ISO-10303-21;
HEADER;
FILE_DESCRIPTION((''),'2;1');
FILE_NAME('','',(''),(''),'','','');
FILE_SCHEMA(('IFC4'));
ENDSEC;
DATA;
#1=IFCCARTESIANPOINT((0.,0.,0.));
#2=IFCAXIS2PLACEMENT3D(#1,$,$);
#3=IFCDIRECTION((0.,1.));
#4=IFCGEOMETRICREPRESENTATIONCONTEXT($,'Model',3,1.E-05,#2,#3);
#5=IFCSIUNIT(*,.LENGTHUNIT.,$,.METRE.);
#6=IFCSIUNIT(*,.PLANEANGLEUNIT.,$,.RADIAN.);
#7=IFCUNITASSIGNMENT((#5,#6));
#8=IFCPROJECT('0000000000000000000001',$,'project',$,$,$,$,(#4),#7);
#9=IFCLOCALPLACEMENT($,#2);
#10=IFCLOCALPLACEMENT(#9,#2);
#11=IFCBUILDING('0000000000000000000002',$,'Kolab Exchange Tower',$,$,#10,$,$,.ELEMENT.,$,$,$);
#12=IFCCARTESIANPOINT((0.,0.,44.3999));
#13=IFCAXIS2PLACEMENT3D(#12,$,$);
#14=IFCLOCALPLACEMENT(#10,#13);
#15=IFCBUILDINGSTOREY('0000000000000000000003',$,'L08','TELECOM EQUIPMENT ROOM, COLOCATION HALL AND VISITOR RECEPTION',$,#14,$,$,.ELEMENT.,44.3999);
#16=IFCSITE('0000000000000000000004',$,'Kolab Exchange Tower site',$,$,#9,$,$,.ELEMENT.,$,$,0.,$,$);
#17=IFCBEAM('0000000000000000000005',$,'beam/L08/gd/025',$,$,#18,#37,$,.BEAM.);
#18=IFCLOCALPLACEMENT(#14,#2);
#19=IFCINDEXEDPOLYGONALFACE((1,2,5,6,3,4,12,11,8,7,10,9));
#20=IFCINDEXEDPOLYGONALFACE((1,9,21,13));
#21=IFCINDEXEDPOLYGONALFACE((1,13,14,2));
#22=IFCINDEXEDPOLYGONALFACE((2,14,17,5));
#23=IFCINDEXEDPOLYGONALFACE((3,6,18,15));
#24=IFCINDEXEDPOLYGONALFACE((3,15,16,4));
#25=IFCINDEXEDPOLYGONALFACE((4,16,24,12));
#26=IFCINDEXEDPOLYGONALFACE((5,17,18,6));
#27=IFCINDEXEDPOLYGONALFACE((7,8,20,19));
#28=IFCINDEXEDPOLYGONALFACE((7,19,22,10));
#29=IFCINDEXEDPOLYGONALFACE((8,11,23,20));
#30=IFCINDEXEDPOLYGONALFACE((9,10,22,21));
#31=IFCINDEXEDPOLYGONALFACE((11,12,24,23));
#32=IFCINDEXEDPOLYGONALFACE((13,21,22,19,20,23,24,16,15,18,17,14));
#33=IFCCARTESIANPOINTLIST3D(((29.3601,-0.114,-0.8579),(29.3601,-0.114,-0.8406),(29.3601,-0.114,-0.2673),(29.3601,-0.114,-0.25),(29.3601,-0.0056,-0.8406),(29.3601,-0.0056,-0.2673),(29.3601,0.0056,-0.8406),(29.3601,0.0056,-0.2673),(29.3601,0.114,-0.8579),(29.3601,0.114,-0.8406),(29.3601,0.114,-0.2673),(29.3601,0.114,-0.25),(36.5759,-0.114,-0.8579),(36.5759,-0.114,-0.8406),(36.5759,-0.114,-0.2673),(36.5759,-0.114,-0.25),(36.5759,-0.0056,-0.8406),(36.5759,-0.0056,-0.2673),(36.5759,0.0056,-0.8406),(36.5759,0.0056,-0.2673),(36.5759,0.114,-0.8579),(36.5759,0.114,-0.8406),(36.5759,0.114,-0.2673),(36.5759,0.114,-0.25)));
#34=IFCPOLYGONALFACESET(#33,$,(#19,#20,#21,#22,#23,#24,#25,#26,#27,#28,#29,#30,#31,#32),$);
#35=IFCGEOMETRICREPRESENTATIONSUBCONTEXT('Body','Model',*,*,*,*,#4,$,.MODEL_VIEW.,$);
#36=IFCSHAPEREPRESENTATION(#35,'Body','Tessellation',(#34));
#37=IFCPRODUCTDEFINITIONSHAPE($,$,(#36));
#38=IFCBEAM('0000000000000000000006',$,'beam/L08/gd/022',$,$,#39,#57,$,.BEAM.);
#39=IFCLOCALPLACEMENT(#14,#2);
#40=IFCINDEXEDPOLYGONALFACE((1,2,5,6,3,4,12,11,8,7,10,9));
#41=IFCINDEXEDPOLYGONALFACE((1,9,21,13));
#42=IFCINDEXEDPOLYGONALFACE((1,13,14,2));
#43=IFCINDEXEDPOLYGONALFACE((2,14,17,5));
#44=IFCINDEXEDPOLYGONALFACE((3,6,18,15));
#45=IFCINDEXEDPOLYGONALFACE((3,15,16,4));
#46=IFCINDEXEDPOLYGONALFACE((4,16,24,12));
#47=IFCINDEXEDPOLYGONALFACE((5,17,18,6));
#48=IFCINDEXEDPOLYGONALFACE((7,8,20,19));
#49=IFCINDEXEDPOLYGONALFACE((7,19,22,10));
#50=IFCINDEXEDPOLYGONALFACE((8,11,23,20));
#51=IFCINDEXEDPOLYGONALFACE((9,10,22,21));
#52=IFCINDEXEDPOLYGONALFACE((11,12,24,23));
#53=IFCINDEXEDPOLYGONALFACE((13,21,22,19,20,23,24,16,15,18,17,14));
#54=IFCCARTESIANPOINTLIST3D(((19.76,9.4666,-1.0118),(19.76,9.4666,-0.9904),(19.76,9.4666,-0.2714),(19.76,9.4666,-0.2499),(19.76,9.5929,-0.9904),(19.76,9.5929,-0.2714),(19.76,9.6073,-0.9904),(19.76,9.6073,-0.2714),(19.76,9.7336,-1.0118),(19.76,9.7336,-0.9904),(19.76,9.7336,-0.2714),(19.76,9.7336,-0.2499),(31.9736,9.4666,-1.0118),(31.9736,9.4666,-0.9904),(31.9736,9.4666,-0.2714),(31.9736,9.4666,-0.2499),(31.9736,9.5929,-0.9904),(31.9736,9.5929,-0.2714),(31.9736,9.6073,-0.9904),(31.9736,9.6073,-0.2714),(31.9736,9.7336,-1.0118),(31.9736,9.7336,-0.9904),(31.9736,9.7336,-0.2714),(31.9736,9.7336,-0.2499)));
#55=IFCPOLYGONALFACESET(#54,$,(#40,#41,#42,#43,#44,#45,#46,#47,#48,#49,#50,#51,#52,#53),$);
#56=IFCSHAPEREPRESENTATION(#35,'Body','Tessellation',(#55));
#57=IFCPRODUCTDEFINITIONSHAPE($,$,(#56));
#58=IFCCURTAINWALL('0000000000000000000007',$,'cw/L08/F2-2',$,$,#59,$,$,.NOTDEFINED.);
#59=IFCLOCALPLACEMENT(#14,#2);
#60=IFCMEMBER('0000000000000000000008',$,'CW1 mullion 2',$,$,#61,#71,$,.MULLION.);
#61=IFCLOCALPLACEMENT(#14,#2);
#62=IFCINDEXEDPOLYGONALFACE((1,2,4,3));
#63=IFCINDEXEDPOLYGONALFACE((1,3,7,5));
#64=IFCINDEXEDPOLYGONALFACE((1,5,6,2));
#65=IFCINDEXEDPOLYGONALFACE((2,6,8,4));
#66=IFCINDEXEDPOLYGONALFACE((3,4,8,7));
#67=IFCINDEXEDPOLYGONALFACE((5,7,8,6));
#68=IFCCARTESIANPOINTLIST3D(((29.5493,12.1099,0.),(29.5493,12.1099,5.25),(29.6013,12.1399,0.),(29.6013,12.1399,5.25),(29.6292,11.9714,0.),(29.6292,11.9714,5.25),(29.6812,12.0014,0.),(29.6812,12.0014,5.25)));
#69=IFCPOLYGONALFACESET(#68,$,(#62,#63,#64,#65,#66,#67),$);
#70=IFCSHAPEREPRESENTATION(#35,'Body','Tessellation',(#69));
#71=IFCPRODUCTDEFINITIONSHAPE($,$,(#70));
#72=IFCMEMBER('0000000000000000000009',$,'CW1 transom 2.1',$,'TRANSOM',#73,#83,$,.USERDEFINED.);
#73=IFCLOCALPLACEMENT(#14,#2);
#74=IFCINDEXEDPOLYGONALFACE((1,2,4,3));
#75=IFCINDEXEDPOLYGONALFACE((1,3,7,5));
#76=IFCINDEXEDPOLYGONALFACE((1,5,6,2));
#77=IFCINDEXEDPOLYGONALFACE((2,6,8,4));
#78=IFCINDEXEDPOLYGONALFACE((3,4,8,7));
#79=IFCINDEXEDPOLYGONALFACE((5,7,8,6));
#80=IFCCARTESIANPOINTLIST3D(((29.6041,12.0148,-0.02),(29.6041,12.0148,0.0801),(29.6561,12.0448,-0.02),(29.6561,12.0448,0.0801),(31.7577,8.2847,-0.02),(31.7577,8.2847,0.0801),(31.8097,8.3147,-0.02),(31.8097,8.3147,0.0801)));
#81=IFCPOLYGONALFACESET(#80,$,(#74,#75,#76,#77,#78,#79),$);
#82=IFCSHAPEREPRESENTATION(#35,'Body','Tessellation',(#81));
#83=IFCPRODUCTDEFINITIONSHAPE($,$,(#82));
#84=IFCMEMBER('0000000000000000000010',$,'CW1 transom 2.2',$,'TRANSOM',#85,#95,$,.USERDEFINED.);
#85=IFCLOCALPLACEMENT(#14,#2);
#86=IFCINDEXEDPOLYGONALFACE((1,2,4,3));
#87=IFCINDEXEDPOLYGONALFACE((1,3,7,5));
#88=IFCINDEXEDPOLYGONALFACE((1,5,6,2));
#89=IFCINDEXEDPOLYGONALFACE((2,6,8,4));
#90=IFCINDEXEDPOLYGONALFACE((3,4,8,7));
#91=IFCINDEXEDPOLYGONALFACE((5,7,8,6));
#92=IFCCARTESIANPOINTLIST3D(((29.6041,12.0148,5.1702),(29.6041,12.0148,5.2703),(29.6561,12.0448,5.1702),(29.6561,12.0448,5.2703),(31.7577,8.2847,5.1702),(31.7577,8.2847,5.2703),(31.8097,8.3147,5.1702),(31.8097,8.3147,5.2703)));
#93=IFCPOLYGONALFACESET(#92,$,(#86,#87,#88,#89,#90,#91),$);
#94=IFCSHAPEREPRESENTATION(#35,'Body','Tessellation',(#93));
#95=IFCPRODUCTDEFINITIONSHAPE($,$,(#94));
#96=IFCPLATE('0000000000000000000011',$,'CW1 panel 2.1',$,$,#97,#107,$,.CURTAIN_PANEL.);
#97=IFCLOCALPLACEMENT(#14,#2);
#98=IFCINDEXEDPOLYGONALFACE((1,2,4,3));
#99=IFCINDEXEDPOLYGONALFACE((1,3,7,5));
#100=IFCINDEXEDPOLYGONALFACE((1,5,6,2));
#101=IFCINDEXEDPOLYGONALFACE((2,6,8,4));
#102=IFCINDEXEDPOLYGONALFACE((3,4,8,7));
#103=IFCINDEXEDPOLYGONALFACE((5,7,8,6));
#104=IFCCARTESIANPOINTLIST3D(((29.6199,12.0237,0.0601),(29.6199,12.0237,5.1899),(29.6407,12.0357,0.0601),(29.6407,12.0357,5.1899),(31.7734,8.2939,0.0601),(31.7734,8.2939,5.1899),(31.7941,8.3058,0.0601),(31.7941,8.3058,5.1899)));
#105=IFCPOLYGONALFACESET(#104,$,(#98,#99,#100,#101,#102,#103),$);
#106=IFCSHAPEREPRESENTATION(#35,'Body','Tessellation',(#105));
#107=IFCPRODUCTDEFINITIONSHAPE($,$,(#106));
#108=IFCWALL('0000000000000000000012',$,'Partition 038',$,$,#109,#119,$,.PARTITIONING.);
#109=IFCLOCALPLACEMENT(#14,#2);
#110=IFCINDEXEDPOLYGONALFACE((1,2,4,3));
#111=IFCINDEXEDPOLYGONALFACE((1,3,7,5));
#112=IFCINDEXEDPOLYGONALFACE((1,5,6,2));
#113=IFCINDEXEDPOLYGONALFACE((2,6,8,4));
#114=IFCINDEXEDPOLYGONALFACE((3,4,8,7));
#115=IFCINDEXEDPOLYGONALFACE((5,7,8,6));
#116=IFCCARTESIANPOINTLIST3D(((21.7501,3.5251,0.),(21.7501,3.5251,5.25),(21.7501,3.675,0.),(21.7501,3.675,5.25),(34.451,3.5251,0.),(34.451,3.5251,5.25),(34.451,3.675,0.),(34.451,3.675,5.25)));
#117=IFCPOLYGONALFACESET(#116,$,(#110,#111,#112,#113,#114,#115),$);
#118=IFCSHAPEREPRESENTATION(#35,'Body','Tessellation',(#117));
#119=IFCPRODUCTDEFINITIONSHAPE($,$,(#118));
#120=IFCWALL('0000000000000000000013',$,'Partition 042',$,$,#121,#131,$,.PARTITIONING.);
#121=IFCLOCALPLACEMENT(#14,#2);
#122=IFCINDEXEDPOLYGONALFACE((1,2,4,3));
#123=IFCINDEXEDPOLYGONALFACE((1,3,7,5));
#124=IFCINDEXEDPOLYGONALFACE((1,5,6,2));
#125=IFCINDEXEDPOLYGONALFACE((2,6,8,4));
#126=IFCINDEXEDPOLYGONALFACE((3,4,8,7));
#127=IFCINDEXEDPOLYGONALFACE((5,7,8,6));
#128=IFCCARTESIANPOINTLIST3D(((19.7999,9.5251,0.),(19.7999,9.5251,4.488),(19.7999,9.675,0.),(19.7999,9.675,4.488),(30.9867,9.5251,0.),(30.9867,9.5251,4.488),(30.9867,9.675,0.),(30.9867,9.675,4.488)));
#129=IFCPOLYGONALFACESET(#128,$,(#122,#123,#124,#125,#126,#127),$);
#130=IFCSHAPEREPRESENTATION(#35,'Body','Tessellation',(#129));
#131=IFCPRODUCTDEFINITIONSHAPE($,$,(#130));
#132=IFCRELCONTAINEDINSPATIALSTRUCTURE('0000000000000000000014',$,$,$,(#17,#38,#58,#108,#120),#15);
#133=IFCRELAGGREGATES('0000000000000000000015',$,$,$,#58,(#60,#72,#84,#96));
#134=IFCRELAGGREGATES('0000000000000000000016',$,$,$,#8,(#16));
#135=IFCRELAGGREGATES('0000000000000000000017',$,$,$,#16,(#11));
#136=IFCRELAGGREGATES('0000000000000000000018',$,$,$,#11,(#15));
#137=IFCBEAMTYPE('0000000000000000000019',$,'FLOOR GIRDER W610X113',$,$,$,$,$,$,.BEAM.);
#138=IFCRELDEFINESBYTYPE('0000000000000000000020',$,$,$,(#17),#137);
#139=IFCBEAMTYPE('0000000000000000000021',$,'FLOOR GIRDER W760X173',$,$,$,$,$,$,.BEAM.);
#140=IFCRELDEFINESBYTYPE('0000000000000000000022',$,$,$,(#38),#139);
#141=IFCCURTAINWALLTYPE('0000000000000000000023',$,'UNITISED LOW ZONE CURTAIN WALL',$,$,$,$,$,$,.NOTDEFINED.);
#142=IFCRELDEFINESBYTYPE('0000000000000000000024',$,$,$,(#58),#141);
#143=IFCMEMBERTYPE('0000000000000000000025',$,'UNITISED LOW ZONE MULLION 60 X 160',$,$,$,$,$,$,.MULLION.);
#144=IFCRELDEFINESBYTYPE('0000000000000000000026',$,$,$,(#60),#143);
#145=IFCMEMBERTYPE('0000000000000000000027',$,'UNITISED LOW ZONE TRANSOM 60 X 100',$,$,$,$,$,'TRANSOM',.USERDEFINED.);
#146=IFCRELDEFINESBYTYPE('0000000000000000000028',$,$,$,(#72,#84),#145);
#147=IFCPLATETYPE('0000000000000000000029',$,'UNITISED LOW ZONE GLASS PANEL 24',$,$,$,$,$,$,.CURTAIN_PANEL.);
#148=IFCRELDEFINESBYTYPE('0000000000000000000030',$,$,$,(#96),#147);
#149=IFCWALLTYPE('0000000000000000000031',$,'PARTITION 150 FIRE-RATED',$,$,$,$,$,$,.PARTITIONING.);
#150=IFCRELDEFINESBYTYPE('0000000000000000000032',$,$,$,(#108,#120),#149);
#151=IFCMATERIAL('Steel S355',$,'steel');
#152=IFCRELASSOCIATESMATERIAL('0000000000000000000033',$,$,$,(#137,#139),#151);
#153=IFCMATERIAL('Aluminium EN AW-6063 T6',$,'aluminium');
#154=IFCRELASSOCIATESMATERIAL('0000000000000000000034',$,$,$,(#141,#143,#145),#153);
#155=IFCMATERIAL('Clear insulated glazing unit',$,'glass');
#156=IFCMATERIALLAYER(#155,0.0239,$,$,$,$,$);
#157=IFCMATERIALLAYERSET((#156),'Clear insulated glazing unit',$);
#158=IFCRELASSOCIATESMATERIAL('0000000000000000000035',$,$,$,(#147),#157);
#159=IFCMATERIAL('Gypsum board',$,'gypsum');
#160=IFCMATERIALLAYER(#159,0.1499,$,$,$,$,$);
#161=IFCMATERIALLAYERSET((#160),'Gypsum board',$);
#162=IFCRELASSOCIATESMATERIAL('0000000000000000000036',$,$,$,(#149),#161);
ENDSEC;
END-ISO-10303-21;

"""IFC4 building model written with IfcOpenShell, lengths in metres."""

from ifc_helpers import new_model, si_unit, direction, frame, frame_2d, origin, origin_2d, place, context, subcontext, project, spatial, rectangle, i_section, extrude, material, layer, layer_set, material_profile, profile_set, type_object, element, aggregate, save


model = new_model("IFC4")

# Units and contexts
model_context = context("Model", 3, precision=1e-05, world=origin(), true_north=direction((0.0, 1.0)))
body_context = subcontext(model_context, "Body", "Model", "MODEL_VIEW")
ifc_project = project(units=[si_unit("LENGTHUNIT", "METRE"), si_unit("PLANEANGLEUNIT", "RADIAN")], contexts=[model_context])

# Site, building, storey
site_placement = place(None, origin())
site = spatial("IfcSite", under=ifc_project, at=site_placement, Name="Kolab Exchange Tower site", CompositionType="ELEMENT", RefElevation=0.0)
building_placement = place(site_placement, origin())
building = spatial("IfcBuilding", under=site, at=building_placement, Name="Kolab Exchange Tower", CompositionType="ELEMENT")
storey_placement = place(building_placement, frame((0.0, 0.0, 44.3999)))
storey = spatial("IfcBuildingStorey", under=building, at=storey_placement, Name="L08", Description="TELECOM EQUIPMENT ROOM, COLOCATION HALL AND VISITOR RECEPTION", CompositionType="ELEMENT", Elevation=44.3999)

# Beams
ifc_material_1 = material(Name="Steel S355", Category="steel")
ifc_material_profile_1 = material_profile(ifc_material_1, i_section(OverallWidth=0.228, OverallDepth=0.6079, WebThickness=0.0112, FlangeThickness=0.0173, at=origin_2d()), Name="W610X113")
ifc_profile_set_1 = profile_set([ifc_material_profile_1], Name="Steel S355")
beam_type_1 = type_object("IfcBeamType", Name="FLOOR GIRDER W610X113", PredefinedType="BEAM", material=ifc_profile_set_1)
beam_1_placement = place(storey_placement, frame((29.3601, 0.0, -0.554), z_axis=(1.0, 0.0, 0.0), x_axis=(0.0, 1.0, 0.0)))
element("IfcBeam", 1, at=beam_1_placement, inside=storey, type_object=beam_type_1, Name="beam/L08/gd/025", PredefinedType="BEAM", context=body_context, shape_type="SweptSolid", body=[
    extrude(i_section(OverallWidth=0.228, OverallDepth=0.6079, WebThickness=0.0112, FlangeThickness=0.0173, at=origin_2d()), origin(), (0.0, 0.0, 1.0), 7.2158),
])
ifc_material_profile_2 = material_profile(ifc_material_1, i_section(OverallWidth=0.2671, OverallDepth=0.762, WebThickness=0.0144, FlangeThickness=0.0215, at=origin_2d()), Name="W760X173")
ifc_profile_set_2 = profile_set([ifc_material_profile_2], Name="Steel S355")
beam_type_2 = type_object("IfcBeamType", Name="FLOOR GIRDER W760X173", PredefinedType="BEAM", material=ifc_profile_set_2)
beam_2_placement = place(storey_placement, frame((19.76, 9.6001, -0.6309), z_axis=(1.0, 0.0, 0.0), x_axis=(0.0, 1.0, 0.0)))
element("IfcBeam", 2, at=beam_2_placement, inside=storey, type_object=beam_type_2, Name="beam/L08/gd/022", PredefinedType="BEAM", context=body_context, shape_type="SweptSolid", body=[
    extrude(i_section(OverallWidth=0.2671, OverallDepth=0.762, WebThickness=0.0144, FlangeThickness=0.0215, at=origin_2d()), origin(), (0.0, 0.0, 1.0), 12.2136),
])

# Curtain wall, members, plate
ifc_material_2 = material(Name="Aluminium EN AW-6063 T6", Category="aluminium")
curtain_wall_type = type_object("IfcCurtainWallType", Name="UNITISED LOW ZONE CURTAIN WALL", PredefinedType="NOTDEFINED", material=ifc_material_2)
curtain_wall_placement = place(storey_placement, origin())
curtain_wall = element("IfcCurtainWall", 3, at=curtain_wall_placement, inside=storey, type_object=curtain_wall_type, Name="cw/L08/F2-2", PredefinedType="NOTDEFINED")
ifc_material_profile_3 = material_profile(ifc_material_2, rectangle(XDim=0.0601, YDim=0.1599, at=origin_2d()), Name="RECT 60X160")
ifc_profile_set_3 = profile_set([ifc_material_profile_3], Name="Aluminium EN AW-6063 T6")
member_type_1 = type_object("IfcMemberType", Name="UNITISED LOW ZONE MULLION 60 X 160", PredefinedType="MULLION", material=ifc_profile_set_3)
member_1_placement = place(storey_placement, frame((29.6152, 12.0557, 0.0), z_axis=(0.0, 0.0, 1.0), x_axis=(0.866025, 0.5, 0.0)))
member_1 = element("IfcMember", 4, at=member_1_placement, type_object=member_type_1, Name="CW1 mullion 2", PredefinedType="MULLION", context=body_context, shape_type="SweptSolid", body=[
    extrude(rectangle(XDim=0.0601, YDim=0.1599, at=origin_2d()), origin(), (0.0, 0.0, 1.0), 5.25),
])
ifc_material_profile_4 = material_profile(ifc_material_2, rectangle(XDim=0.0601, YDim=0.1001, at=origin_2d()), Name="RECT 60X100")
ifc_profile_set_4 = profile_set([ifc_material_profile_4], Name="Aluminium EN AW-6063 T6")
member_type_2 = type_object("IfcMemberType", Name="UNITISED LOW ZONE TRANSOM 60 X 100", ElementType="TRANSOM", PredefinedType="USERDEFINED", material=ifc_profile_set_4)
member_2_placement = place(storey_placement, frame((29.6301, 12.0298, 0.03), z_axis=(0.50001, -0.866019, 0.0), x_axis=(0.866019, 0.50001, 0.0)))
member_2 = element("IfcMember", 5, at=member_2_placement, type_object=member_type_2, Name="CW1 transom 2.1", ObjectType="TRANSOM", PredefinedType="USERDEFINED", context=body_context, shape_type="SweptSolid", body=[
    extrude(rectangle(XDim=0.0601, YDim=0.1001, at=origin_2d()), origin(), (0.0, 0.0, 1.0), 4.3071),
])
member_3_placement = place(storey_placement, frame((29.6301, 12.0298, 5.2202), z_axis=(0.50001, -0.866019, 0.0), x_axis=(0.866019, 0.50001, 0.0)))
member_3 = element("IfcMember", 6, at=member_3_placement, type_object=member_type_2, Name="CW1 transom 2.2", ObjectType="TRANSOM", PredefinedType="USERDEFINED", context=body_context, shape_type="SweptSolid", body=[
    extrude(rectangle(XDim=0.0601, YDim=0.1001, at=origin_2d()), origin(), (0.0, 0.0, 1.0), 4.3071),
])
ifc_material_3 = material(Name="Clear insulated glazing unit", Category="glass")
ifc_layer_1 = layer(ifc_material_3, 0.0239)
ifc_layer_set_1 = layer_set([ifc_layer_1], Name="Clear insulated glazing unit")
plate_type = type_object("IfcPlateType", Name="UNITISED LOW ZONE GLASS PANEL 24", PredefinedType="CURTAIN_PANEL", material=ifc_layer_set_1)
plate_placement = place(storey_placement, frame((30.707, 10.1648, 0.0601), z_axis=(0.0, 0.0, 1.0), x_axis=(0.5, -0.866025, 0.0)))
plate = element("IfcPlate", 7, at=plate_placement, type_object=plate_type, Name="CW1 panel 2.1", PredefinedType="CURTAIN_PANEL", context=body_context, shape_type="SweptSolid", body=[
    extrude(rectangle(XDim=4.3069, YDim=0.0239, at=origin_2d()), origin(), (0.0, 0.0, 1.0), 5.1299),
])
aggregate(curtain_wall, [member_1, member_2, member_3, plate])

# Walls
ifc_material_4 = material(Name="Gypsum board", Category="gypsum")
ifc_layer_2 = layer(ifc_material_4, 0.1499)
ifc_layer_set_2 = layer_set([ifc_layer_2], Name="Gypsum board")
wall_type = type_object("IfcWallType", Name="PARTITION 150 FIRE-RATED", PredefinedType="PARTITIONING", material=ifc_layer_set_2)
wall_1_placement = place(storey_placement, frame((21.75, 3.6001, 0.0), z_axis=(0.0, 0.0, 1.0), x_axis=(1.0, 0.0, 0.0)))
element("IfcWall", 8, at=wall_1_placement, inside=storey, type_object=wall_type, Name="Partition 038", PredefinedType="PARTITIONING", context=body_context, shape_type="SweptSolid", body=[
    extrude(rectangle(XDim=12.7009, YDim=0.1499, at=frame_2d((6.3506, 0.0))), origin(), (0.0, 0.0, 1.0), 5.25),
])
wall_2_placement = place(storey_placement, frame((19.8, 9.6001, 0.0), z_axis=(0.0, 0.0, 1.0), x_axis=(1.0, 0.0, 0.0)))
element("IfcWall", 9, at=wall_2_placement, inside=storey, type_object=wall_type, Name="Partition 042", PredefinedType="PARTITIONING", context=body_context, shape_type="SweptSolid", body=[
    extrude(rectangle(XDim=11.1868, YDim=0.1499, at=frame_2d((5.5933, 0.0))), origin(), (0.0, 0.0, 1.0), 4.488),
])

save(model, "model.ifc")
